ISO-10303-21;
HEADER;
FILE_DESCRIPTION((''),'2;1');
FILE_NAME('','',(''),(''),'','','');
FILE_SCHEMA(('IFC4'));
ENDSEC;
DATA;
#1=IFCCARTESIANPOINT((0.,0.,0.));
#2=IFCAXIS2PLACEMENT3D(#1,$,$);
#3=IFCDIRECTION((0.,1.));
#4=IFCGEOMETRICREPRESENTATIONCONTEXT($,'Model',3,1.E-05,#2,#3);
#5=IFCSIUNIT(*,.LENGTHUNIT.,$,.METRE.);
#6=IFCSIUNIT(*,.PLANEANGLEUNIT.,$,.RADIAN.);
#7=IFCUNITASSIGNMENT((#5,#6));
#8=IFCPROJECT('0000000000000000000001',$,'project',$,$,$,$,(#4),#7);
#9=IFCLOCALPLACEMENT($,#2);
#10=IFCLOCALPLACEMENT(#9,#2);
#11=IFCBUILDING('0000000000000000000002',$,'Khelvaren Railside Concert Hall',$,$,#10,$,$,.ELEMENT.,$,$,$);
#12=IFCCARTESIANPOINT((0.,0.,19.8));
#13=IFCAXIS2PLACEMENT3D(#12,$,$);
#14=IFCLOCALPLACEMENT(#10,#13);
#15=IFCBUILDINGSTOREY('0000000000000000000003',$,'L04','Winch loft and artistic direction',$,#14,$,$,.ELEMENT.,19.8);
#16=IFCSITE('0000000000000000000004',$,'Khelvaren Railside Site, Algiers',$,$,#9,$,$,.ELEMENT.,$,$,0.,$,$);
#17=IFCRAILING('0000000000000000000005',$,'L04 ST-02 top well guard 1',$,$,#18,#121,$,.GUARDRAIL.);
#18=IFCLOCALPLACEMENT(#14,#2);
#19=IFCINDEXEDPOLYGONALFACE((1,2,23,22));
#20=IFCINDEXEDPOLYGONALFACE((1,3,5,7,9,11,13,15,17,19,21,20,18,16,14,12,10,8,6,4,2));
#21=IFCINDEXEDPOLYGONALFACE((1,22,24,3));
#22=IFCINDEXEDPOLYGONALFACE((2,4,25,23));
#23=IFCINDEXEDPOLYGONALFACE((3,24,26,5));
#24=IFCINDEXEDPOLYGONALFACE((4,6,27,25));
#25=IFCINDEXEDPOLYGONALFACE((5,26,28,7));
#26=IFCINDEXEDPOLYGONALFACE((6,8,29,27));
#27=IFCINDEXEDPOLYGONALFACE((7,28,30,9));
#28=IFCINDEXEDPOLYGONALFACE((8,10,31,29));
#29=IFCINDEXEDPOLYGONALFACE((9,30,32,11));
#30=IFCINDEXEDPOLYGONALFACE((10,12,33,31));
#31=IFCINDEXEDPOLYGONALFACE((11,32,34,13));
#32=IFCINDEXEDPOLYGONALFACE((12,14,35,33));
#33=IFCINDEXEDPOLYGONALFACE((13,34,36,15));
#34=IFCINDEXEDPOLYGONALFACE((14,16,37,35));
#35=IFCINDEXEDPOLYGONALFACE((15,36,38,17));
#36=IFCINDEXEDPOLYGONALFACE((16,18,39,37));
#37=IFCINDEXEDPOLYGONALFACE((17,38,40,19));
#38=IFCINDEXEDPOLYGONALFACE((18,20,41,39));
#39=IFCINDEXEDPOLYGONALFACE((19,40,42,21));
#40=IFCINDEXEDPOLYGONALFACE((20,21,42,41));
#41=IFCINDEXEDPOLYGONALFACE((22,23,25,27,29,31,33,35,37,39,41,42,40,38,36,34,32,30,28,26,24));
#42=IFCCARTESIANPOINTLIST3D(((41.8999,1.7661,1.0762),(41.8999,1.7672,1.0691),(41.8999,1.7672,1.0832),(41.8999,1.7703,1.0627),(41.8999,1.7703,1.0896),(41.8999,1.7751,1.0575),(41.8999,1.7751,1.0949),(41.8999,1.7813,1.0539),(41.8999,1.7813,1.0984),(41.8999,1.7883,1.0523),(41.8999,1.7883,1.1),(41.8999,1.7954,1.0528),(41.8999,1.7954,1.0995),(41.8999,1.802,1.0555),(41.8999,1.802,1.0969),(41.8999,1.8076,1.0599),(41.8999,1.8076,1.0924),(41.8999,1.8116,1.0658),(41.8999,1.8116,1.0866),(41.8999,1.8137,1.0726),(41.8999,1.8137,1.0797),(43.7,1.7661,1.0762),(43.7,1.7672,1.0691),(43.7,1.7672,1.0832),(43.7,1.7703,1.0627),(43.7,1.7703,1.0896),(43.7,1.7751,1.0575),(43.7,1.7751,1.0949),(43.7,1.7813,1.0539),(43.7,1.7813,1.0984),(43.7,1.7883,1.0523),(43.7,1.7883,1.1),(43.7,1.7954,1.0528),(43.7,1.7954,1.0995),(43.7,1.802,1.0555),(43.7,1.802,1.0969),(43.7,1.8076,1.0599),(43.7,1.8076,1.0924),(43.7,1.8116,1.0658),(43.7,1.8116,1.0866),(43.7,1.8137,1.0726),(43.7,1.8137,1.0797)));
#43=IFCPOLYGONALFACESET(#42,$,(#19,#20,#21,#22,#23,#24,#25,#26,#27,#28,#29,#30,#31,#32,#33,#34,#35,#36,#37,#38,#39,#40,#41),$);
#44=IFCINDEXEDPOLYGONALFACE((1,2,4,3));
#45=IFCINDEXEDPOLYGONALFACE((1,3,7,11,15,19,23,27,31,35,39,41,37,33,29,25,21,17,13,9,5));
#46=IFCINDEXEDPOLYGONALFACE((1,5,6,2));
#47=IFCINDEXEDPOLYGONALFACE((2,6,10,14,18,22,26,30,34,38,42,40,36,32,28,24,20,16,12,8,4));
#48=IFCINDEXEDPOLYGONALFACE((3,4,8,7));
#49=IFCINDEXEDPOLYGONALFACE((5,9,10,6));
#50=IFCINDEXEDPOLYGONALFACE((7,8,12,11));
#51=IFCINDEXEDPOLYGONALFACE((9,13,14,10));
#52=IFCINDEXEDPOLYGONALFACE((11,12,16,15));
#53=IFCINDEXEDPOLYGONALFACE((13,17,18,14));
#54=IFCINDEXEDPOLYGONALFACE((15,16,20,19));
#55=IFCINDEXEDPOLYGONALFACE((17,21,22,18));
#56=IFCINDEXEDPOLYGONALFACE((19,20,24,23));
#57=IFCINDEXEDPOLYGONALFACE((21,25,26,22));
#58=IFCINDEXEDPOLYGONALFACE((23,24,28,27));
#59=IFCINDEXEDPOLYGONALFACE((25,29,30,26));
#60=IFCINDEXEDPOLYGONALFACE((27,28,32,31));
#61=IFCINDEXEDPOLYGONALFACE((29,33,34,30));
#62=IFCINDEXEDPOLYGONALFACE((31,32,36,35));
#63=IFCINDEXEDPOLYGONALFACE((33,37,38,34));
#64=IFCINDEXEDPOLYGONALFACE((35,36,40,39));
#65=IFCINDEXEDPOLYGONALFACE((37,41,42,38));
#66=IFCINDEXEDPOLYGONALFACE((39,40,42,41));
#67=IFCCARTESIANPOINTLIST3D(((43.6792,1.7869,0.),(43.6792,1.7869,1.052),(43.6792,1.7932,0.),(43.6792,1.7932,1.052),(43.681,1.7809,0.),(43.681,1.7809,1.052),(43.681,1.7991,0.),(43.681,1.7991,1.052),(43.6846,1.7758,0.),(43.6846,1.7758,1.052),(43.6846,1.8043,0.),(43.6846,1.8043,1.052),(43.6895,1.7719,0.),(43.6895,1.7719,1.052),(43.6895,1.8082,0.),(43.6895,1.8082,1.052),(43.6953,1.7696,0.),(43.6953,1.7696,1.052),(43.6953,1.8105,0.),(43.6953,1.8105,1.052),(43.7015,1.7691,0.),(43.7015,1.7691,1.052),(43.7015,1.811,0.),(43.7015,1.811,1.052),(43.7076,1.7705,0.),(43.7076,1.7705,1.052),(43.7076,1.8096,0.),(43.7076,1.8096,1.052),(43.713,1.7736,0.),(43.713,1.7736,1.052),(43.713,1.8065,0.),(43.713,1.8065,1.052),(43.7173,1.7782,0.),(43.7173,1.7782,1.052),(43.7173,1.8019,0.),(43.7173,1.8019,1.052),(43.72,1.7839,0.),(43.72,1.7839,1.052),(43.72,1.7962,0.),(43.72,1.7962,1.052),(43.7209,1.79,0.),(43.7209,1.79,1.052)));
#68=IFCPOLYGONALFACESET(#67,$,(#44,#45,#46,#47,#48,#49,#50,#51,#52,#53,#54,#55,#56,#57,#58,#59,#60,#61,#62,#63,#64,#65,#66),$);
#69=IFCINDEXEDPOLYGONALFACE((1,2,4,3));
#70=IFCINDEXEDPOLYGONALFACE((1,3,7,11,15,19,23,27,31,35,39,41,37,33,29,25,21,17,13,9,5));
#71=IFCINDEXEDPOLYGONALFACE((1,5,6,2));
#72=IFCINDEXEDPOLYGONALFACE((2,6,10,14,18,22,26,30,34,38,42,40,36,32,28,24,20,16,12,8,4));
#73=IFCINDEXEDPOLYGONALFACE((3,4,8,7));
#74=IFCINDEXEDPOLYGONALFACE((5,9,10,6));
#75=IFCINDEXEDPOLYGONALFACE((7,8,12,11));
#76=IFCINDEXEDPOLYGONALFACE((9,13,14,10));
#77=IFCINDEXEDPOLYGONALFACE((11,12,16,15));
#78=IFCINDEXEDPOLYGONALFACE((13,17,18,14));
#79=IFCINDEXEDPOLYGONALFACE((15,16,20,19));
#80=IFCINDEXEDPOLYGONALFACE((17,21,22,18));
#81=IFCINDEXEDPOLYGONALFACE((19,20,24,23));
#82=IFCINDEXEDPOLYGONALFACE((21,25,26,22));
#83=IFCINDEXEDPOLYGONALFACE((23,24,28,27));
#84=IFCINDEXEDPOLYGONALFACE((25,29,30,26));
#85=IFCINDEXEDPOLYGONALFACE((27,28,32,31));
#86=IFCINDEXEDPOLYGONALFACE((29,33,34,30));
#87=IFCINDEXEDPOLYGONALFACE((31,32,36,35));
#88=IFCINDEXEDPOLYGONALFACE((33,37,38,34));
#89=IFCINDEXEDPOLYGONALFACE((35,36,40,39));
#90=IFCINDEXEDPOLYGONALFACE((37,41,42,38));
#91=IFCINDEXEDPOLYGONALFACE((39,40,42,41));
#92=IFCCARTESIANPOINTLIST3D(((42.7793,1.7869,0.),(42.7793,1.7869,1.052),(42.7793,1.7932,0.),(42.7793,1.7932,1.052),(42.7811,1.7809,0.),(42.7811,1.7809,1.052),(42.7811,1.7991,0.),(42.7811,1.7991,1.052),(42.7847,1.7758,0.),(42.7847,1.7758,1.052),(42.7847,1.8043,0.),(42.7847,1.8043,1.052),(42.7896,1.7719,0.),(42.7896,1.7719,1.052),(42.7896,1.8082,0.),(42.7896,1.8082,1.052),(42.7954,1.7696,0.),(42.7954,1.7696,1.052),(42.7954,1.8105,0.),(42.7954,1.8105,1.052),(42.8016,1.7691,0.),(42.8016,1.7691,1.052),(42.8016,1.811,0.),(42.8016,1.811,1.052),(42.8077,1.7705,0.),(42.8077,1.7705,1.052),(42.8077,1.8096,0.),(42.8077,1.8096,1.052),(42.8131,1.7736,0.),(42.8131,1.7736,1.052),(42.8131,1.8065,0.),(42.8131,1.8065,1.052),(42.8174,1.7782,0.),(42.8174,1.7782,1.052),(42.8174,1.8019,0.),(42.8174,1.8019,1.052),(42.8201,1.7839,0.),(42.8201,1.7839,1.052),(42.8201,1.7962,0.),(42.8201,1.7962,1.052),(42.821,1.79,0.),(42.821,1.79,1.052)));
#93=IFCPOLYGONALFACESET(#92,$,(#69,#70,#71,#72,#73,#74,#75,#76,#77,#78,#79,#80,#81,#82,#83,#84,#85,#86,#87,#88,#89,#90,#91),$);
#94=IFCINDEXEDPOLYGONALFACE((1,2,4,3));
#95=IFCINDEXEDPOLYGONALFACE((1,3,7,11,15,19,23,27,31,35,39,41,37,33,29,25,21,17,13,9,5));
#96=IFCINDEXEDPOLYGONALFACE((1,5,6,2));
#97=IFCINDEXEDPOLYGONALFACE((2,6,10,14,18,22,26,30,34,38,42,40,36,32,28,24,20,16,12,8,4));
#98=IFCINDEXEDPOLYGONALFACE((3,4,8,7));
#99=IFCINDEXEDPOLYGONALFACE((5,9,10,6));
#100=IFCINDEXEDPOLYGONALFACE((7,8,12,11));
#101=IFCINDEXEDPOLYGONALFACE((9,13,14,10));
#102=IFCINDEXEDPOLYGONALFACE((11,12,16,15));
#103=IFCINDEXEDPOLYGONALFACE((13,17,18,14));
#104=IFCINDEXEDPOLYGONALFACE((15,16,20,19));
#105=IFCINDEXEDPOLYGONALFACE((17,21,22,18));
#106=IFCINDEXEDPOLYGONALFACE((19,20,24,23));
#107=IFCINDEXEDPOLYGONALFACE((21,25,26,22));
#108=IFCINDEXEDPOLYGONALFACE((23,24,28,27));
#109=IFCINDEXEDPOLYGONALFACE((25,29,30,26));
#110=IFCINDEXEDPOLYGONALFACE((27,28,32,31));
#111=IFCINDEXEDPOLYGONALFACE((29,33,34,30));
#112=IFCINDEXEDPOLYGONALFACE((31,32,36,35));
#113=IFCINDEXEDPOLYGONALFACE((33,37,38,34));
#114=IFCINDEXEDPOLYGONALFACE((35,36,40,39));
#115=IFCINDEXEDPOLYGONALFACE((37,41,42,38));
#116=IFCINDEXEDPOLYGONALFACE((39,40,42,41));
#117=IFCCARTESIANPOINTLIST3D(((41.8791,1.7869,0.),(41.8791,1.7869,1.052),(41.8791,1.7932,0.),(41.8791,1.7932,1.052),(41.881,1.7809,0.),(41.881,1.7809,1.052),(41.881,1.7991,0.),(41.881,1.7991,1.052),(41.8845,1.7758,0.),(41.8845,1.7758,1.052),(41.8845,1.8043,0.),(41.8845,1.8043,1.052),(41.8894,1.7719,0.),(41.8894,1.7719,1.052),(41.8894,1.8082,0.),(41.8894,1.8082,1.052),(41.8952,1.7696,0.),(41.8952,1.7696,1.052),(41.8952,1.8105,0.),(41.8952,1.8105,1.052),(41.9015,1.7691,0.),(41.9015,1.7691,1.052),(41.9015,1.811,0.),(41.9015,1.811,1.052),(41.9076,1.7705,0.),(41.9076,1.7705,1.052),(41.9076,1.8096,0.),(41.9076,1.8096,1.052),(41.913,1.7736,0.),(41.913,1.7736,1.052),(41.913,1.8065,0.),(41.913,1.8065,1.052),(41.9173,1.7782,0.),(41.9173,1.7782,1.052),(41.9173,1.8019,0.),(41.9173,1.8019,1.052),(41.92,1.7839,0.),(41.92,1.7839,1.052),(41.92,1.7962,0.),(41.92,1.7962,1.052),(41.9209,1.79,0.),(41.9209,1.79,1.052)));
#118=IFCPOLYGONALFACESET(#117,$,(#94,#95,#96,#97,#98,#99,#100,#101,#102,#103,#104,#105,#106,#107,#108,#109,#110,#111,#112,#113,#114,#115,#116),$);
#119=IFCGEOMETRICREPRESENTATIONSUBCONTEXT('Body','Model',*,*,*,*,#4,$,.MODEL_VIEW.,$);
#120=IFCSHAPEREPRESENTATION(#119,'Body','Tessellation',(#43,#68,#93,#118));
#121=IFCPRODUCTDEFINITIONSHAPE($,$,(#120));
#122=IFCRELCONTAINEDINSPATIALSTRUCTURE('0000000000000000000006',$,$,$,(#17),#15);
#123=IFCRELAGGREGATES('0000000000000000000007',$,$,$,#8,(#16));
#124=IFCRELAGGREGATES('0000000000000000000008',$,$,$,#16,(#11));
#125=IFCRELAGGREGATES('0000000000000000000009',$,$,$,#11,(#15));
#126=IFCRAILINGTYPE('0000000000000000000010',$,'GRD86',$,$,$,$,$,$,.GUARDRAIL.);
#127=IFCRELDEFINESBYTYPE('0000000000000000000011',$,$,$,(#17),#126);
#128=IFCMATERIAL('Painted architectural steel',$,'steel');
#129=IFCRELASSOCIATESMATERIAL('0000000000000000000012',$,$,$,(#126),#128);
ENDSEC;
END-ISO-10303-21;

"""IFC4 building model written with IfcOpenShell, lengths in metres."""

from ifc_helpers import new_model, si_unit, direction, frame, origin, origin_2d, place, context, subcontext, project, spatial, circle, extrude, material, type_object, element, save


model = new_model("IFC4")

# Units and contexts
model_context = context("Model", 3, precision=1e-05, world=origin(), true_north=direction((0.0, 1.0)))
body_context = subcontext(model_context, "Body", "Model", "MODEL_VIEW")
ifc_project = project(units=[si_unit("LENGTHUNIT", "METRE"), si_unit("PLANEANGLEUNIT", "RADIAN")], contexts=[model_context])

# Site, building, storey
site_placement = place(None, origin())
site = spatial("IfcSite", under=ifc_project, at=site_placement, Name="Khelvaren Railside Site, Algiers", CompositionType="ELEMENT", RefElevation=0.0)
building_placement = place(site_placement, origin())
building = spatial("IfcBuilding", under=site, at=building_placement, Name="Khelvaren Railside Concert Hall", CompositionType="ELEMENT")
storey_placement = place(building_placement, frame((0.0, 0.0, 19.8)))
storey = spatial("IfcBuildingStorey", under=building, at=storey_placement, Name="L04", Description="Winch loft and artistic direction", CompositionType="ELEMENT", Elevation=19.8)

# Railing
ifc_material_1 = material(Name="Painted architectural steel", Category="steel")
railing_type = type_object("IfcRailingType", Name="GRD86", PredefinedType="GUARDRAIL", material=ifc_material_1)
railing_1_placement = place(storey_placement, frame((43.7, 1.79, 0.0)))
element("IfcRailing", 1, at=railing_1_placement, inside=storey, type_object=railing_type, Name="L04 ST-02 top well guard 1", PredefinedType="GUARDRAIL", context=body_context, shape_type="SweptSolid", body=[
    extrude(circle(Radius=0.0239, at=origin_2d()), frame((0.0, 0.0, 1.0762), z_axis=(-1.0, 0.0, 0.0), x_axis=(0.0, -1.0, 0.0)), (0.0, 0.0, 1.0), 1.8),
    extrude(circle(Radius=0.021, at=origin_2d()), origin(), (0.0, 0.0, 1.0), 1.052),
    extrude(circle(Radius=0.021, at=origin_2d()), frame((-0.8999, 0.0, 0.0)), (0.0, 0.0, 1.0), 1.052),
    extrude(circle(Radius=0.021, at=origin_2d()), frame((-1.8, 0.0, 0.0)), (0.0, 0.0, 1.0), 1.052),
])

save(model, "model.ifc")
